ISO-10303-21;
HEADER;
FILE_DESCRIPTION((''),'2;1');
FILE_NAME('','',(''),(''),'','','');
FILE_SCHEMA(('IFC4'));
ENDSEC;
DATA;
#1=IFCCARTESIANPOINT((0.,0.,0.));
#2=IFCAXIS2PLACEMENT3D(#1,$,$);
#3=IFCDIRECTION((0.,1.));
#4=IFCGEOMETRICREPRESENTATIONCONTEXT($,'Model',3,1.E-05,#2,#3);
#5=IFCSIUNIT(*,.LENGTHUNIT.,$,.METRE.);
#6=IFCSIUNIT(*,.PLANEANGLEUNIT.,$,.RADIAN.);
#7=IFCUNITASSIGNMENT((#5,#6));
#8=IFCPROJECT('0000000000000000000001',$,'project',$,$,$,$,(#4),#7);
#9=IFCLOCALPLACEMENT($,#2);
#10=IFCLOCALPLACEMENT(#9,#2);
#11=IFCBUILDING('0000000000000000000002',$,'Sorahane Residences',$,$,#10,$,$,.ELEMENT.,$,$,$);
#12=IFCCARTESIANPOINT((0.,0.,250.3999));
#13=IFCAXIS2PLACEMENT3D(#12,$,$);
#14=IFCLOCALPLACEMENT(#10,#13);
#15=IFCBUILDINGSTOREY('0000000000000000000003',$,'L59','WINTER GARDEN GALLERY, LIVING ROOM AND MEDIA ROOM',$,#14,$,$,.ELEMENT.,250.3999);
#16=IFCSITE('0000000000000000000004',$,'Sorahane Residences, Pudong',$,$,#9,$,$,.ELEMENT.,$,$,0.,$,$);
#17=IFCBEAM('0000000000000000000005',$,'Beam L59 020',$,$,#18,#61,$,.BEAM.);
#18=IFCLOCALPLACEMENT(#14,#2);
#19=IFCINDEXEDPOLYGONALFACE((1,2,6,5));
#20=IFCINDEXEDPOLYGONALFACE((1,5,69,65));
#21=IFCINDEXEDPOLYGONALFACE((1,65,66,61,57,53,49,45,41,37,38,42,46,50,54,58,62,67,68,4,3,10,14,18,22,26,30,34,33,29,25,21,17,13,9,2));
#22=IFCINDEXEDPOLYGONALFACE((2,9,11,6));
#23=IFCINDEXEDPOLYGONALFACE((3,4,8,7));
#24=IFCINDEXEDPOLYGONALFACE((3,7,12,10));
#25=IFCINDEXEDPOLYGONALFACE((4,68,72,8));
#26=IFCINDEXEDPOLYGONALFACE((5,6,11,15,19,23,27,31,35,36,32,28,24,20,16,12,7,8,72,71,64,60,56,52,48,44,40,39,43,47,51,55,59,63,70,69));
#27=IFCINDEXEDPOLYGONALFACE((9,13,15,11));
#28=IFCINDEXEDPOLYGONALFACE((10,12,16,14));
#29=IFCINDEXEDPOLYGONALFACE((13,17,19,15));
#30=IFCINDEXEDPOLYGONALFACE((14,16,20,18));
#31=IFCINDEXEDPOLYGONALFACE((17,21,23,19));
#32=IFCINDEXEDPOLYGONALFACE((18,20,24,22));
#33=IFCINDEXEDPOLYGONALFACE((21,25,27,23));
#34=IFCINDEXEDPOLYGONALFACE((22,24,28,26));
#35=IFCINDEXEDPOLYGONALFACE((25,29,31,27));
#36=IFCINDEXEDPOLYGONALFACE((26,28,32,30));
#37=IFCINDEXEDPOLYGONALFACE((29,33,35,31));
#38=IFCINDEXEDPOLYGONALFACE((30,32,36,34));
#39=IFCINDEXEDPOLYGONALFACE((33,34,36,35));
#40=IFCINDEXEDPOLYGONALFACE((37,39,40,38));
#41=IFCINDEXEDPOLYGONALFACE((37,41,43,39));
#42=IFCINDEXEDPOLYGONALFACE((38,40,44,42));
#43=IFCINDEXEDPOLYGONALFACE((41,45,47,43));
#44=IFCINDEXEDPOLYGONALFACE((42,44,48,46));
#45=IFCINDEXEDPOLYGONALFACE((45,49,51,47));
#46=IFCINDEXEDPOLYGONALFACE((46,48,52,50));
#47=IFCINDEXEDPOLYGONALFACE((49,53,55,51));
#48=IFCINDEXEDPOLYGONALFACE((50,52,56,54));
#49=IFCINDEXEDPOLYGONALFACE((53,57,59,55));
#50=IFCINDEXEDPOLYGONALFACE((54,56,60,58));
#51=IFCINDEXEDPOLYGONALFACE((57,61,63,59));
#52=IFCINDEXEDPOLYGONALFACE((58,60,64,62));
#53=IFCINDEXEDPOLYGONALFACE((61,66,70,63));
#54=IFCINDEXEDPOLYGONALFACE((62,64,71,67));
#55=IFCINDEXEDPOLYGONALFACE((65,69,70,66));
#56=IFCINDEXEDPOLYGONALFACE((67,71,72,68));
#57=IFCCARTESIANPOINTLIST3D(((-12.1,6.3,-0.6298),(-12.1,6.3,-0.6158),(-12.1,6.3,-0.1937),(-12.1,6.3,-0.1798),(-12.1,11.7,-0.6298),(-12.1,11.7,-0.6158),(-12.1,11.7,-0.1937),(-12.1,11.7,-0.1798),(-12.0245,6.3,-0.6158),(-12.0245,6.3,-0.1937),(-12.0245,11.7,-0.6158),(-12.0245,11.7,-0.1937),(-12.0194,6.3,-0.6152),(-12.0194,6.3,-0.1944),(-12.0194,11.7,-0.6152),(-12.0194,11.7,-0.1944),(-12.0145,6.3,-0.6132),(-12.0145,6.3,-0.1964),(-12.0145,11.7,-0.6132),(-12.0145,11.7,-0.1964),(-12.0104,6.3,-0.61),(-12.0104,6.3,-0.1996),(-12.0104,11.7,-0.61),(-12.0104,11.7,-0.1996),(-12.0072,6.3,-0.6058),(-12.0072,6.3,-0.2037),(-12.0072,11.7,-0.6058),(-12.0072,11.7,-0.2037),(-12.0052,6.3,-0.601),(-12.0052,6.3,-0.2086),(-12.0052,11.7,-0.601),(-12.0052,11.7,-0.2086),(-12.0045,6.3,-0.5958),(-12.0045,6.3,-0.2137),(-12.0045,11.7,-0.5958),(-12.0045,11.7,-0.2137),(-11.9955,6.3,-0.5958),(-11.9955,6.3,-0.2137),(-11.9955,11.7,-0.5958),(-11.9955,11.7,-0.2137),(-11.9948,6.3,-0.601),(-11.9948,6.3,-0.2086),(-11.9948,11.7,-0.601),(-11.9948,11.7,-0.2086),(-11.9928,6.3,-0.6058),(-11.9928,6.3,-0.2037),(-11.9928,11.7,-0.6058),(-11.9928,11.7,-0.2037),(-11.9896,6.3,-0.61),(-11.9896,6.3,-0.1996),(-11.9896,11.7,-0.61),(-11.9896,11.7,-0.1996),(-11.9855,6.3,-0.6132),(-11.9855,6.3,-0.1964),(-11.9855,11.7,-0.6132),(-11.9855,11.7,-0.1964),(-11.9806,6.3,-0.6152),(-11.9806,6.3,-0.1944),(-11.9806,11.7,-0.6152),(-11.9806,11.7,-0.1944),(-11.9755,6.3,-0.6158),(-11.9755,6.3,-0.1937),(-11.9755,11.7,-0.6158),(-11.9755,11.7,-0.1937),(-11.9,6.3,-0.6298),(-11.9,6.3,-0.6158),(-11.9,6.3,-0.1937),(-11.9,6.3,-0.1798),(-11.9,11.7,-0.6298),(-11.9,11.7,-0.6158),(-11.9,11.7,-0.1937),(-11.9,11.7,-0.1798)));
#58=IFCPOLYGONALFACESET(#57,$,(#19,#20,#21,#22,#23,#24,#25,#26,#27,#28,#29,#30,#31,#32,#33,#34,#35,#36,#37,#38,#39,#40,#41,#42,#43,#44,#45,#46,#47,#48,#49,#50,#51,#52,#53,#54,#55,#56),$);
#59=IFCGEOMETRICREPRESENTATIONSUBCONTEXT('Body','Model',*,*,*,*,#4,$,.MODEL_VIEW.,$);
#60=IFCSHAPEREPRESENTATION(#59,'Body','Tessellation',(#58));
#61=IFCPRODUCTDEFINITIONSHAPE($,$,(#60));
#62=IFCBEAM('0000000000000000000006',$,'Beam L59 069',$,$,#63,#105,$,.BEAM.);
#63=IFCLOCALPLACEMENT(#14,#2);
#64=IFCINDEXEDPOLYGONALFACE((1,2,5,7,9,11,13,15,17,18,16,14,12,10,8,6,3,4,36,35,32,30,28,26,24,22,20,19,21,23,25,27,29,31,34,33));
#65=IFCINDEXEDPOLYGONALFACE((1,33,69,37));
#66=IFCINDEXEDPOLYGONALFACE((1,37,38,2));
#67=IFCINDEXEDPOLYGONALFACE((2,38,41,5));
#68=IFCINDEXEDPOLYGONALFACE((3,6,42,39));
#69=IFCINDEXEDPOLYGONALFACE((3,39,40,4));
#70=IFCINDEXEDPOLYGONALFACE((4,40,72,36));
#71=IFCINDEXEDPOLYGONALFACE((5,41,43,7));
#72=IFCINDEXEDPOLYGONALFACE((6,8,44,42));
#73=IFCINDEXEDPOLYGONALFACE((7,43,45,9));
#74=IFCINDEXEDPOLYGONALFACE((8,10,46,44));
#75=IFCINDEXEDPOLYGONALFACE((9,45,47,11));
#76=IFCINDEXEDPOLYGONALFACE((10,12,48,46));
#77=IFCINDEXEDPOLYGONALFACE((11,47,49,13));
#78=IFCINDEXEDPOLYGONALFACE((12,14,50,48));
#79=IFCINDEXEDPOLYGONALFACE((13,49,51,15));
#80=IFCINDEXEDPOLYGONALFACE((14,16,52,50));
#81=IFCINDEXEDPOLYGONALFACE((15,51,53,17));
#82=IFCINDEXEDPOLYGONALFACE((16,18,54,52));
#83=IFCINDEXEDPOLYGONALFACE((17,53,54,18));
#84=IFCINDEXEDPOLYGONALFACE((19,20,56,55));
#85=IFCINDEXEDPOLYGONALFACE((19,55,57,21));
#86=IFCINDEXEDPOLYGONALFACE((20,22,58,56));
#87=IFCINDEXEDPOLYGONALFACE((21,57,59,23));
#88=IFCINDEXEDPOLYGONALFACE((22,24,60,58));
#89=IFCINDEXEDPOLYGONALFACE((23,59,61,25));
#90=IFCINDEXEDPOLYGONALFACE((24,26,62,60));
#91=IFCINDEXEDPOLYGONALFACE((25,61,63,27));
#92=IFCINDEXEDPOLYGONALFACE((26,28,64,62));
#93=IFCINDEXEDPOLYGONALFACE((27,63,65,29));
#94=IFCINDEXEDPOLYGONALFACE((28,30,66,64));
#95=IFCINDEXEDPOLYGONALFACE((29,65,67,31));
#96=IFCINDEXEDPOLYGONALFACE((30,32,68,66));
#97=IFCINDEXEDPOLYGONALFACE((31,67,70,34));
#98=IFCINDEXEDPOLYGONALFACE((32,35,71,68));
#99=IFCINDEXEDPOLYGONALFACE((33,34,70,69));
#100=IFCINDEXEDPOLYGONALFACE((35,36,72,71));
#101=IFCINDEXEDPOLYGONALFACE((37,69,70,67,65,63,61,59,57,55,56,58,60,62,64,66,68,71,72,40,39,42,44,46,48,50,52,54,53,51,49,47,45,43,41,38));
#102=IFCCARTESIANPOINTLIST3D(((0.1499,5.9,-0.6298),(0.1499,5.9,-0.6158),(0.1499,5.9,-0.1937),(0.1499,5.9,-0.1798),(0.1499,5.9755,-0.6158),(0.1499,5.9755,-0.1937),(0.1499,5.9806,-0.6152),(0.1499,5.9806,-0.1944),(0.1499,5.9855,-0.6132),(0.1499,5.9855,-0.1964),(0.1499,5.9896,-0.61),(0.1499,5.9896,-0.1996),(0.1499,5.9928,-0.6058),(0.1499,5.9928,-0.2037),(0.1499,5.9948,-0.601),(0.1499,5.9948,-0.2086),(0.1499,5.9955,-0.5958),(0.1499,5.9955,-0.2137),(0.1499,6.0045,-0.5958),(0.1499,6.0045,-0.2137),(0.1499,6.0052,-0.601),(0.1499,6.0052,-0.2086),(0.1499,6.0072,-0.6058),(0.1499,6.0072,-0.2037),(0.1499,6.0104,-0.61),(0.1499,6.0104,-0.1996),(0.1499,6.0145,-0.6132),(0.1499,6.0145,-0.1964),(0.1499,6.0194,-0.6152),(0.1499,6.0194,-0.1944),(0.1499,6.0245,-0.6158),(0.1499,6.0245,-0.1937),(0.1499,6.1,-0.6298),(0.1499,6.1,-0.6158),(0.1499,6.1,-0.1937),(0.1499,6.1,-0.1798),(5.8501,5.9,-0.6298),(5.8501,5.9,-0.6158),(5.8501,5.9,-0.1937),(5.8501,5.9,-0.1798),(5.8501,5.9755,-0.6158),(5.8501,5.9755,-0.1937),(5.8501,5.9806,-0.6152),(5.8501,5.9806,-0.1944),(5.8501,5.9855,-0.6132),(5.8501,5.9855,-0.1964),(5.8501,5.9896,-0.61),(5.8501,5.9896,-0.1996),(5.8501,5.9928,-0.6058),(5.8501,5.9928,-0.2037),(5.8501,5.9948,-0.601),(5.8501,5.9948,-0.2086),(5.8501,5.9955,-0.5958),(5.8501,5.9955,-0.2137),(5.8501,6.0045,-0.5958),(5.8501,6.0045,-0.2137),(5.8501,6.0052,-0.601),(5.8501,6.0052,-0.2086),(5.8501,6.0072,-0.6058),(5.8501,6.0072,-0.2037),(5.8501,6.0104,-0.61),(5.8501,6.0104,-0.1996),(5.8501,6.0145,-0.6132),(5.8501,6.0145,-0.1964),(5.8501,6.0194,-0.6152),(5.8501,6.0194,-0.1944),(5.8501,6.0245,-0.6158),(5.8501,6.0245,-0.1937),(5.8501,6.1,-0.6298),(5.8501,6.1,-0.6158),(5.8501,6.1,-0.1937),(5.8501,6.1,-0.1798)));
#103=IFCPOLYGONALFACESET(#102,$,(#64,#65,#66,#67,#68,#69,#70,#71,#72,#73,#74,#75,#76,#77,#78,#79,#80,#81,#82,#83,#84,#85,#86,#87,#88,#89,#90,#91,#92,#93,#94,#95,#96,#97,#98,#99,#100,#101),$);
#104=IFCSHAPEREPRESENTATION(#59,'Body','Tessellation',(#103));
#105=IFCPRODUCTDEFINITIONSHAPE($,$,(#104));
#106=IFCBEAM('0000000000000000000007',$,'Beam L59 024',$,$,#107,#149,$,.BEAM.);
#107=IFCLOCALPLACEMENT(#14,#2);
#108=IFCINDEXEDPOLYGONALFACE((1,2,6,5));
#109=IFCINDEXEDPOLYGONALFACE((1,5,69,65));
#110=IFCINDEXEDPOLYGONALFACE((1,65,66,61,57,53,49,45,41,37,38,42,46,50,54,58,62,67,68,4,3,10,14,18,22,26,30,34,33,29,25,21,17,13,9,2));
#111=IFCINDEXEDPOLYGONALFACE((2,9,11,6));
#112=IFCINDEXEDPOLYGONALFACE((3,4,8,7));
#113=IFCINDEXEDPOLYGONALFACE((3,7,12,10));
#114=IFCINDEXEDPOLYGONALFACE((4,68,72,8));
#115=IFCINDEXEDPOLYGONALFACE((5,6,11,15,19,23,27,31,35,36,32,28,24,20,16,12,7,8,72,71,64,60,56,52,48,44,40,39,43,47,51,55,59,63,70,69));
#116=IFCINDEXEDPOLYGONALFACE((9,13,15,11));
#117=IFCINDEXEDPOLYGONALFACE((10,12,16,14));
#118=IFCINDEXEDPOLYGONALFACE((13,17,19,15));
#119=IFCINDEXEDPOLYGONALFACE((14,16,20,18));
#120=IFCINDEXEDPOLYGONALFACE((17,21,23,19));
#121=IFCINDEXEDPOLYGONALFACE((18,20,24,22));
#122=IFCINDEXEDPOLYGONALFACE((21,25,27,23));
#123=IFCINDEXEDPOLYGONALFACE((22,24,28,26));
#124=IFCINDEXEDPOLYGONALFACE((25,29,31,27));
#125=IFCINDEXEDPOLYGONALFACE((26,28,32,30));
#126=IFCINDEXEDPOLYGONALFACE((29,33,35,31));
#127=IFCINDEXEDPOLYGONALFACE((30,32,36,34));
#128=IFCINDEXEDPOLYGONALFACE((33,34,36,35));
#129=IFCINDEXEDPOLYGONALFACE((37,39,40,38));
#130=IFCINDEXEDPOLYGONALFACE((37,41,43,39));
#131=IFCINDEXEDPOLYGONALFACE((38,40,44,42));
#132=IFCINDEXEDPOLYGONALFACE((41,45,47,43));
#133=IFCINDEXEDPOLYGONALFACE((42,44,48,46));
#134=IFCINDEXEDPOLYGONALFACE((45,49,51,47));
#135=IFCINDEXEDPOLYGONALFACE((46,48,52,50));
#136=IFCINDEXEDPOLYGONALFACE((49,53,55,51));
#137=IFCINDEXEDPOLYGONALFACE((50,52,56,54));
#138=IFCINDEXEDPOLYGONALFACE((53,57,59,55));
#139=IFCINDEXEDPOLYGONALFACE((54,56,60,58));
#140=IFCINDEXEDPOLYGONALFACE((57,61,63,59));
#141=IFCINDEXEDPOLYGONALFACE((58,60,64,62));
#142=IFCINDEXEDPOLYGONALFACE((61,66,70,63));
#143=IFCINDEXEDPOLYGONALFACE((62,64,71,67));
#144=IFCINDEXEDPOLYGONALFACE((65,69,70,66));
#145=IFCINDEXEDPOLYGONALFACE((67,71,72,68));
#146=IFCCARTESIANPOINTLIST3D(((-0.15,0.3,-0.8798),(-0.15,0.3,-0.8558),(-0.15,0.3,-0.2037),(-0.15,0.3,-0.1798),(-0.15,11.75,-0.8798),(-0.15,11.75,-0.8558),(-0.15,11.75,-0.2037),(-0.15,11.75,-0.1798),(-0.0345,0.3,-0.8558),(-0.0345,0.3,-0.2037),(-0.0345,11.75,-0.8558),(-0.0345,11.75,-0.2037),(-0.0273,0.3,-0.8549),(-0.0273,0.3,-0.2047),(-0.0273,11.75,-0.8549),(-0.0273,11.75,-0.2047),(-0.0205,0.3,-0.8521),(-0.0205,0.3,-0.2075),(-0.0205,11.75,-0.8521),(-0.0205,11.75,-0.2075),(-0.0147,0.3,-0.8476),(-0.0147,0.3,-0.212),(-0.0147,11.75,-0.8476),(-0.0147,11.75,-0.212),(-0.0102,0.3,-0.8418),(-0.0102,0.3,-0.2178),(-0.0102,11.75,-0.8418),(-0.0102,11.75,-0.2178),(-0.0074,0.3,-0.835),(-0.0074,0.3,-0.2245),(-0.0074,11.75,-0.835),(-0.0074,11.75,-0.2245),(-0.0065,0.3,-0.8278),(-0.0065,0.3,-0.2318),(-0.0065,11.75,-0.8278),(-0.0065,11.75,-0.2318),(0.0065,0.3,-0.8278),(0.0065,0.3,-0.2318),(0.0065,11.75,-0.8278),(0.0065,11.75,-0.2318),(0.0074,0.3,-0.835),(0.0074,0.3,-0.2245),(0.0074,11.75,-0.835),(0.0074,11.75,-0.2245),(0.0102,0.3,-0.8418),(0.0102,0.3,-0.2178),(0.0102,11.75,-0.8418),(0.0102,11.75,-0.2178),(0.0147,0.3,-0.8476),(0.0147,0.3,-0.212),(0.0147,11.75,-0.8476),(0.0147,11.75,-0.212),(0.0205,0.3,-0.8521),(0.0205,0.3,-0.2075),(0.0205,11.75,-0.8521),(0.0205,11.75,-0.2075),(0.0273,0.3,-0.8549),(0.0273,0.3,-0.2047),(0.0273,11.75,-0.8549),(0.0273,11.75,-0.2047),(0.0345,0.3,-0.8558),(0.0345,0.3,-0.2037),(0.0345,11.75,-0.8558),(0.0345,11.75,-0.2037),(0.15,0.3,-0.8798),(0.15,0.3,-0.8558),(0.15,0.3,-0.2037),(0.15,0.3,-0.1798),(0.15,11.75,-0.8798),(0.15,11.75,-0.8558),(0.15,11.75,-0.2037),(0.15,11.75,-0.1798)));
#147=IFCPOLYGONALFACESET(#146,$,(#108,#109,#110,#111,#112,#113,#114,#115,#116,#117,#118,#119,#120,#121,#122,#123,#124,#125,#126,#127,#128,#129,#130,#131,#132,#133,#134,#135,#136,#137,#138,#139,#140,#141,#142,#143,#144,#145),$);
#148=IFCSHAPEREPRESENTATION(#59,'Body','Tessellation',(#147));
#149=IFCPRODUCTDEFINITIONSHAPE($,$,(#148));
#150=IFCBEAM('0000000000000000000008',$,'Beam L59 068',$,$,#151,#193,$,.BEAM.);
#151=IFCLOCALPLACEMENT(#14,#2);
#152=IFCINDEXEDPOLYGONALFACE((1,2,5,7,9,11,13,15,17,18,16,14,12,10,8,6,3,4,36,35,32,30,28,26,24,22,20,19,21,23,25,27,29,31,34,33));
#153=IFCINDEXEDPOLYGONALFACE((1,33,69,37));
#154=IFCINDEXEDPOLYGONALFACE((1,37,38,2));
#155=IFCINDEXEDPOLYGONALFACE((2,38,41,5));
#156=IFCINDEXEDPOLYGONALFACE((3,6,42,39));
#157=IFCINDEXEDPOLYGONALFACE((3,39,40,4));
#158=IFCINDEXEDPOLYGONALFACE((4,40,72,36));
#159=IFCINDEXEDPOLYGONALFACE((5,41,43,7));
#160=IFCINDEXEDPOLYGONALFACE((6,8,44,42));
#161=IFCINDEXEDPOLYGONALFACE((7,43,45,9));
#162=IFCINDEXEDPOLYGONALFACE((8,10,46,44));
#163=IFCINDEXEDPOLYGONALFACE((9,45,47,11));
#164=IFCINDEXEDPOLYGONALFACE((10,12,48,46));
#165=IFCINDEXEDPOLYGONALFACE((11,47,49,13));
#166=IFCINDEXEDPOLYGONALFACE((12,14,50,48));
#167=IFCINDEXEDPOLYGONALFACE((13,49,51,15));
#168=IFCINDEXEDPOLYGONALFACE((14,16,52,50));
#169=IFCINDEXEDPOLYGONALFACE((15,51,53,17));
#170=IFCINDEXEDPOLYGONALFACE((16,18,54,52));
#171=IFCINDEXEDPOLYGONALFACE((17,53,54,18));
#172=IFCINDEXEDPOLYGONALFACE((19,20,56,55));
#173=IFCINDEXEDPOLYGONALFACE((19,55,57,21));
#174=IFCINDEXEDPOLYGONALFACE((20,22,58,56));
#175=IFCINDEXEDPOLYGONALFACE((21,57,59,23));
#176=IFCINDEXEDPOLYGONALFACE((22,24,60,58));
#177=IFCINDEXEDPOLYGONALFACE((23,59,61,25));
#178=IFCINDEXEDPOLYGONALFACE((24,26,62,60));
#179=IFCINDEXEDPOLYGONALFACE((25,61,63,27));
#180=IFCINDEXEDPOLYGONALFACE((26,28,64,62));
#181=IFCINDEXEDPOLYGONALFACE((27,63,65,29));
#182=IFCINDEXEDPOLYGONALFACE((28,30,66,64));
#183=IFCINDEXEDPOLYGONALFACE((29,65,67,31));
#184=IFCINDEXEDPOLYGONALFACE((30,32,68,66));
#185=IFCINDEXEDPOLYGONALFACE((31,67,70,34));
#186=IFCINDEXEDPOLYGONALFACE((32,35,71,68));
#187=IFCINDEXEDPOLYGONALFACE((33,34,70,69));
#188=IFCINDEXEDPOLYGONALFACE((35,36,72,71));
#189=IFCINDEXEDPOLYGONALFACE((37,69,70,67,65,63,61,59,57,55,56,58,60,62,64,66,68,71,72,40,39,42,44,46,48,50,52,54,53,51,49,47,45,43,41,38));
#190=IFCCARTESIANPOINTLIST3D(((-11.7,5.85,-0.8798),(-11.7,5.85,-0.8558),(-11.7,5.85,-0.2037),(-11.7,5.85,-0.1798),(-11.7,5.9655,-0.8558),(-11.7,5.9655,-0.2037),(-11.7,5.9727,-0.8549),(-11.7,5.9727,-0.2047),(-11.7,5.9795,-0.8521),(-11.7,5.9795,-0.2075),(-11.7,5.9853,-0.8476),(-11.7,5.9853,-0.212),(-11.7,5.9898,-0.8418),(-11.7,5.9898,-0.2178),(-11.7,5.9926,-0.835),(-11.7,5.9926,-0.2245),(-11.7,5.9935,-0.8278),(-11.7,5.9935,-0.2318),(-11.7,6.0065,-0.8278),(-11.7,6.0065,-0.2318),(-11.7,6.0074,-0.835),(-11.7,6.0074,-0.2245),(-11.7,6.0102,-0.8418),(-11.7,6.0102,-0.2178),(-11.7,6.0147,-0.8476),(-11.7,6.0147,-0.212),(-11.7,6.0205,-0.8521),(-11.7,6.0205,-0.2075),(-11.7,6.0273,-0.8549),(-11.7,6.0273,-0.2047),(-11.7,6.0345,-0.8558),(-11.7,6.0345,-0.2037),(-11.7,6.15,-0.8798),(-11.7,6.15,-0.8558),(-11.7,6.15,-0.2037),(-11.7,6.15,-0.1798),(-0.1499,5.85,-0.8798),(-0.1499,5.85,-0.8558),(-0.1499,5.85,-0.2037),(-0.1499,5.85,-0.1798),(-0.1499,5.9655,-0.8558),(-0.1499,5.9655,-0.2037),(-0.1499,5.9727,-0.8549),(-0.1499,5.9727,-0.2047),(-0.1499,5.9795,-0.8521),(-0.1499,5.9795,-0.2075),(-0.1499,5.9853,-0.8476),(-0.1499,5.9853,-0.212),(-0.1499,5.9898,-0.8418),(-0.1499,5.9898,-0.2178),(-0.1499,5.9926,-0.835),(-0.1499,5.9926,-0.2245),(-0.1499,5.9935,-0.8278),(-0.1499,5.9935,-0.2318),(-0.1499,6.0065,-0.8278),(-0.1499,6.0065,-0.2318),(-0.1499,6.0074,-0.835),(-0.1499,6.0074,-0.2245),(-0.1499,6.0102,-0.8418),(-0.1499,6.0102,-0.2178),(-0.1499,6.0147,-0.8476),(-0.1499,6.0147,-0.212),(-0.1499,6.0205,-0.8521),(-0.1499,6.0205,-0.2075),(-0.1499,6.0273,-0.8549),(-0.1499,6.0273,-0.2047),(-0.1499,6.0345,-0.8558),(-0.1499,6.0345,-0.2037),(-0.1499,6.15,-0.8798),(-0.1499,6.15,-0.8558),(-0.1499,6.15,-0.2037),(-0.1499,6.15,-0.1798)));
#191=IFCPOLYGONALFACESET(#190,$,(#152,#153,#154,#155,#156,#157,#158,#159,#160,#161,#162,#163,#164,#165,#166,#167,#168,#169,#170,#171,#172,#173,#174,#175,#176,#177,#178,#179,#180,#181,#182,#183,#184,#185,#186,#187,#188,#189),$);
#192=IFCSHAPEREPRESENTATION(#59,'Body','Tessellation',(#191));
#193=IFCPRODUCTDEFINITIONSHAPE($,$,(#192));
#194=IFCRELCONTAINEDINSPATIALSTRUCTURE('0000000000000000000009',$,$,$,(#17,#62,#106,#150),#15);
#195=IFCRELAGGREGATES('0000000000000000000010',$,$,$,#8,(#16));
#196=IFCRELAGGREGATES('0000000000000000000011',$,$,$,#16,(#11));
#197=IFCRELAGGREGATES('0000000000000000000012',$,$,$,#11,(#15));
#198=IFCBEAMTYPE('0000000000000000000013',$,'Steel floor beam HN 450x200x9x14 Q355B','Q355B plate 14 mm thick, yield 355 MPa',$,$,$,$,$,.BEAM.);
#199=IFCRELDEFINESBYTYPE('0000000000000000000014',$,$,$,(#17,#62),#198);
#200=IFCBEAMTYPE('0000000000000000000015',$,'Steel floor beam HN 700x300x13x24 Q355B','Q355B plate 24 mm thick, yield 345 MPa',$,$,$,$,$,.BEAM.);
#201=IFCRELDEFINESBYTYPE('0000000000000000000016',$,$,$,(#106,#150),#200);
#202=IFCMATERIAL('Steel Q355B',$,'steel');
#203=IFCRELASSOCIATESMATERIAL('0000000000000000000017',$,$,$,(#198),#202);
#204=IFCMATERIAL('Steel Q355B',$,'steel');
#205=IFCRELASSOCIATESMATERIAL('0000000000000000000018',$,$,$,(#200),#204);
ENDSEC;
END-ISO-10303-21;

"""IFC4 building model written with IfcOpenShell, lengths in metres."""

from ifc_helpers import new_model, si_unit, direction, frame, origin, origin_2d, place, context, subcontext, project, spatial, i_section, extrude, material, material_profile, profile_set, type_object, element, save


model = new_model("IFC4")

# Units and contexts
model_context = context("Model", 3, precision=1e-05, world=origin(), true_north=direction((0.0, 1.0)))
body_context = subcontext(model_context, "Body", "Model", "MODEL_VIEW")
ifc_project = project(units=[si_unit("LENGTHUNIT", "METRE"), si_unit("PLANEANGLEUNIT", "RADIAN")], contexts=[model_context])

# Site, building, storey
site_placement = place(None, origin())
site = spatial("IfcSite", under=ifc_project, at=site_placement, Name="Sorahane Residences, Pudong", CompositionType="ELEMENT", RefElevation=0.0)
building_placement = place(site_placement, origin())
building = spatial("IfcBuilding", under=site, at=building_placement, Name="Sorahane Residences", CompositionType="ELEMENT")
storey_placement = place(building_placement, frame((0.0, 0.0, 250.3999)))
storey = spatial("IfcBuildingStorey", under=building, at=storey_placement, Name="L59", Description="WINTER GARDEN GALLERY, LIVING ROOM AND MEDIA ROOM", CompositionType="ELEMENT", Elevation=250.3999)

# Beams
ifc_material_1 = material(Name="Steel Q355B", Category="steel")
ifc_material_profile_1 = material_profile(ifc_material_1, i_section(OverallWidth=0.2, OverallDepth=0.45, WebThickness=0.009, FlangeThickness=0.0139, FilletRadius=0.02, at=origin_2d()), Name="HN 450x200x9x14")
ifc_profile_set_1 = profile_set([ifc_material_profile_1], Name="Steel Q355B")
beam_type_1 = type_object("IfcBeamType", Name="Steel floor beam HN 450x200x9x14 Q355B", Description="Q355B plate 14 mm thick, yield 355 MPa", PredefinedType="BEAM", material=ifc_profile_set_1)
for number, where, z_axis, x_axis, name in (
    (1, (-12.0, 6.3, -0.4048), (0.0, 1.0, 0.0), (-1.0, 0.0, 0.0), "Beam L59 020"),
):
    element("IfcBeam", number, at=place(storey_placement, frame(where, z_axis=z_axis, x_axis=x_axis)), inside=storey, type_object=beam_type_1, Name=name, PredefinedType="BEAM", context=body_context, shape_type="SweptSolid", body=[
        extrude(i_section(OverallWidth=0.2, OverallDepth=0.45, WebThickness=0.009, FlangeThickness=0.0139, FilletRadius=0.02, at=origin_2d()), origin(), (0.0, 0.0, 1.0), 5.3999),
    ])
beam_1_placement = place(storey_placement, frame((0.1499, 6.0, -0.4048), z_axis=(1.0, 0.0, 0.0), x_axis=(0.0, 1.0, 0.0)))
element("IfcBeam", 2, at=beam_1_placement, inside=storey, type_object=beam_type_1, Name="Beam L59 069", PredefinedType="BEAM", context=body_context, shape_type="SweptSolid", body=[
    extrude(i_section(OverallWidth=0.2, OverallDepth=0.45, WebThickness=0.009, FlangeThickness=0.0139, FilletRadius=0.02, at=origin_2d()), origin(), (0.0, 0.0, 1.0), 5.7002),
])
ifc_material_2 = material(Name="Steel Q355B", Category="steel")
ifc_material_profile_2 = material_profile(ifc_material_2, i_section(OverallWidth=0.3, OverallDepth=0.7, WebThickness=0.0129, FlangeThickness=0.0239, FilletRadius=0.0281, at=origin_2d()), Name="HN 700x300x13x24")
ifc_profile_set_2 = profile_set([ifc_material_profile_2], Name="Steel Q355B")
beam_type_2 = type_object("IfcBeamType", Name="Steel floor beam HN 700x300x13x24 Q355B", Description="Q355B plate 24 mm thick, yield 345 MPa", PredefinedType="BEAM", material=ifc_profile_set_2)
beam_2_placement = place(storey_placement, frame((0.0, 0.3, -0.5298), z_axis=(0.0, 1.0, 0.0), x_axis=(-1.0, 0.0, 0.0)))
element("IfcBeam", 3, at=beam_2_placement, inside=storey, type_object=beam_type_2, Name="Beam L59 024", PredefinedType="BEAM", context=body_context, shape_type="SweptSolid", body=[
    extrude(i_section(OverallWidth=0.3, OverallDepth=0.7, WebThickness=0.0129, FlangeThickness=0.0239, FilletRadius=0.0281, at=origin_2d()), origin(), (0.0, 0.0, 1.0), 11.45),
])
beam_3_placement = place(storey_placement, frame((-11.7, 6.0, -0.5298), z_axis=(1.0, 0.0, 0.0), x_axis=(0.0, 1.0, 0.0)))
element("IfcBeam", 4, at=beam_3_placement, inside=storey, type_object=beam_type_2, Name="Beam L59 068", PredefinedType="BEAM", context=body_context, shape_type="SweptSolid", body=[
    extrude(i_section(OverallWidth=0.3, OverallDepth=0.7, WebThickness=0.0129, FlangeThickness=0.0239, FilletRadius=0.0281, at=origin_2d()), origin(), (0.0, 0.0, 1.0), 11.55),
])

save(model, "model.ifc")
